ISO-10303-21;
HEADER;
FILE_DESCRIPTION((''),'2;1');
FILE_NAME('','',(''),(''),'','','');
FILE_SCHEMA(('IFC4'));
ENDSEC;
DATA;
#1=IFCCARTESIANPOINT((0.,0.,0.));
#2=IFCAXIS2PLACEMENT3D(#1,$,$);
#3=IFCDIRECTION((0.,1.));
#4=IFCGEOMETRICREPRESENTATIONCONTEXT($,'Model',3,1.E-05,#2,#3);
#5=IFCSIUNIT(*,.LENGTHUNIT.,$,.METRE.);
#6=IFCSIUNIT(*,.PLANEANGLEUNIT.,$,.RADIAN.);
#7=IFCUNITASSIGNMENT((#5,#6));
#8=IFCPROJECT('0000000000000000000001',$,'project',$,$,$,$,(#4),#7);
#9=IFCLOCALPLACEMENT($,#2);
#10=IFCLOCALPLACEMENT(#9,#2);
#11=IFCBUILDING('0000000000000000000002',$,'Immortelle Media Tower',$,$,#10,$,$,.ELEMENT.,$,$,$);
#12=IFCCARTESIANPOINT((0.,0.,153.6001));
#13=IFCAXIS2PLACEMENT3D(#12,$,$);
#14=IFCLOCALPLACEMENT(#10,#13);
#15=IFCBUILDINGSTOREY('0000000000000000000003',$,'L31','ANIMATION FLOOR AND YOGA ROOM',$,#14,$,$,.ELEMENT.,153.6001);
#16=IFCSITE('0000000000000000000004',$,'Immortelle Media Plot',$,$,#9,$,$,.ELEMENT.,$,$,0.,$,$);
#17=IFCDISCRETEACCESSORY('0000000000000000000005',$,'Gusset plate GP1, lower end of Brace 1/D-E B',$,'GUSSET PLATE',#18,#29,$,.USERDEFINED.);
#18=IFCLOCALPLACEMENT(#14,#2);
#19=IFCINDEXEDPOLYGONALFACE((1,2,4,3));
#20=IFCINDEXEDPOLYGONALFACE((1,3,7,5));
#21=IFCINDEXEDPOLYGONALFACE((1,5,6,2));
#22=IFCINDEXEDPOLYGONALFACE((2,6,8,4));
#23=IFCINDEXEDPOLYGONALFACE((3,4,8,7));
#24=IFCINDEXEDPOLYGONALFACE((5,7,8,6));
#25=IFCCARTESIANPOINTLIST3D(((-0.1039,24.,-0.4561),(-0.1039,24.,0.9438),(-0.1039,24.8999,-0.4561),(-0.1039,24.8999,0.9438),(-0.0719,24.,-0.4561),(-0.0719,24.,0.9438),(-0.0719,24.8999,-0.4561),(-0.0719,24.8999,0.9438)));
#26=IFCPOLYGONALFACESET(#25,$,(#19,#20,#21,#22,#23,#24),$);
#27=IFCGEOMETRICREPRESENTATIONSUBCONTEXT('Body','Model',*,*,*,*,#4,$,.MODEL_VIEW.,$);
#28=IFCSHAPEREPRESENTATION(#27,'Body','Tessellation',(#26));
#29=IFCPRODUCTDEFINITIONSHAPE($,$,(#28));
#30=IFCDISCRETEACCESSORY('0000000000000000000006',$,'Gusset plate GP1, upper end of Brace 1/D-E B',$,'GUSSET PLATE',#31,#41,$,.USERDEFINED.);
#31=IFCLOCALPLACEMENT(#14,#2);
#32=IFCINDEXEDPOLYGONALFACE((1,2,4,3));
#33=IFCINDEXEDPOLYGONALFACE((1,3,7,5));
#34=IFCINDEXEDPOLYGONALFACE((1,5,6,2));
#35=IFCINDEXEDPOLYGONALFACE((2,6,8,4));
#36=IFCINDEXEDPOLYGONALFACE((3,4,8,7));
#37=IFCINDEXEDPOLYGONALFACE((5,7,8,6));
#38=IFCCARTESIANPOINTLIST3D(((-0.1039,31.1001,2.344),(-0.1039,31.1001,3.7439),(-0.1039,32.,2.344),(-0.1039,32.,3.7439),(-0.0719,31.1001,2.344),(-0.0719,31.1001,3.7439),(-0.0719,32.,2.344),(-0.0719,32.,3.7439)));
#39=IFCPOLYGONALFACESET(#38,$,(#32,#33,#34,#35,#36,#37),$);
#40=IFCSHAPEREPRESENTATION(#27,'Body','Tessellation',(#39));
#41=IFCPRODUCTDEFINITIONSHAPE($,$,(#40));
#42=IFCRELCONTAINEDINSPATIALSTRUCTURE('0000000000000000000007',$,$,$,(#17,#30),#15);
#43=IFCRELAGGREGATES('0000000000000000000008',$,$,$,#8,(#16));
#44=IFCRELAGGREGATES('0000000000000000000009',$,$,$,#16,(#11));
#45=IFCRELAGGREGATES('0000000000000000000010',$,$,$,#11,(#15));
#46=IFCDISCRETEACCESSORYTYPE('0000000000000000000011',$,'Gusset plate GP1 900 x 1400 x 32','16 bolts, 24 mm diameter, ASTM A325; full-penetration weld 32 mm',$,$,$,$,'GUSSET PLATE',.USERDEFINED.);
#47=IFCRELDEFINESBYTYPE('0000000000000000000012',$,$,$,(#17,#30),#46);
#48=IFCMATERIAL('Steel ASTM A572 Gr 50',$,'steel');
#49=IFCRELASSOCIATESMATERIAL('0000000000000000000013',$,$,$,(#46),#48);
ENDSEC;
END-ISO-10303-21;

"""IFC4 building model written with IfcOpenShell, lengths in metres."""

from ifc_helpers import new_model, si_unit, direction, frame, origin, origin_2d, place, context, subcontext, project, spatial, rectangle, extrude, material, material_profile, profile_set, type_object, element, save


model = new_model("IFC4")

# Units and contexts
model_context = context("Model", 3, precision=1e-05, world=origin(), true_north=direction((0.0, 1.0)))
body_context = subcontext(model_context, "Body", "Model", "MODEL_VIEW")
ifc_project = project(units=[si_unit("LENGTHUNIT", "METRE"), si_unit("PLANEANGLEUNIT", "RADIAN")], contexts=[model_context])

# Site, building, storey
site_placement = place(None, origin())
site = spatial("IfcSite", under=ifc_project, at=site_placement, Name="Immortelle Media Plot", CompositionType="ELEMENT", RefElevation=0.0)
building_placement = place(site_placement, origin())
building = spatial("IfcBuilding", under=site, at=building_placement, Name="Immortelle Media Tower", CompositionType="ELEMENT")
storey_placement = place(building_placement, frame((0.0, 0.0, 153.6001)))
storey = spatial("IfcBuildingStorey", under=building, at=storey_placement, Name="L31", Description="ANIMATION FLOOR AND YOGA ROOM", CompositionType="ELEMENT", Elevation=153.6001)

# Discrete accessories
ifc_material_1 = material(Name="Steel ASTM A572 Gr 50", Category="steel")
ifc_material_profile_1 = material_profile(ifc_material_1, rectangle(XDim=0.032, YDim=1.3999, at=origin_2d()), Name="PL 32 x 1400")
ifc_profile_set_1 = profile_set([ifc_material_profile_1], Name="Steel ASTM A572 Gr 50")
discrete_accessory_type_1 = type_object("IfcDiscreteAccessoryType", Name="Gusset plate GP1 900 x 1400 x 32", Description="16 bolts, 24 mm diameter, ASTM A325; full-penetration weld 32 mm", ElementType="GUSSET PLATE", PredefinedType="USERDEFINED", material=ifc_profile_set_1)
for number, where, z_axis, x_axis, name in (
    (1, (-0.0879, 24.0, 0.2439), (0.0, 1.0, 0.0), (-1.0, 0.0, 0.0), "Gusset plate GP1, lower end of Brace 1/D-E B"),
    (2, (-0.0879, 32.0, 3.0439), (0.0, -1.0, 0.0), (1.0, 0.0, 0.0), "Gusset plate GP1, upper end of Brace 1/D-E B"),
):
    element("IfcDiscreteAccessory", number, at=place(storey_placement, frame(where, z_axis=z_axis, x_axis=x_axis)), inside=storey, type_object=discrete_accessory_type_1, Name=name, ObjectType="GUSSET PLATE", PredefinedType="USERDEFINED", context=body_context, shape_type="SweptSolid", body=[
        extrude(rectangle(XDim=0.032, YDim=1.3999, at=origin_2d()), origin(), (0.0, 0.0, 1.0), 0.8999),
    ])

save(model, "model.ifc")
